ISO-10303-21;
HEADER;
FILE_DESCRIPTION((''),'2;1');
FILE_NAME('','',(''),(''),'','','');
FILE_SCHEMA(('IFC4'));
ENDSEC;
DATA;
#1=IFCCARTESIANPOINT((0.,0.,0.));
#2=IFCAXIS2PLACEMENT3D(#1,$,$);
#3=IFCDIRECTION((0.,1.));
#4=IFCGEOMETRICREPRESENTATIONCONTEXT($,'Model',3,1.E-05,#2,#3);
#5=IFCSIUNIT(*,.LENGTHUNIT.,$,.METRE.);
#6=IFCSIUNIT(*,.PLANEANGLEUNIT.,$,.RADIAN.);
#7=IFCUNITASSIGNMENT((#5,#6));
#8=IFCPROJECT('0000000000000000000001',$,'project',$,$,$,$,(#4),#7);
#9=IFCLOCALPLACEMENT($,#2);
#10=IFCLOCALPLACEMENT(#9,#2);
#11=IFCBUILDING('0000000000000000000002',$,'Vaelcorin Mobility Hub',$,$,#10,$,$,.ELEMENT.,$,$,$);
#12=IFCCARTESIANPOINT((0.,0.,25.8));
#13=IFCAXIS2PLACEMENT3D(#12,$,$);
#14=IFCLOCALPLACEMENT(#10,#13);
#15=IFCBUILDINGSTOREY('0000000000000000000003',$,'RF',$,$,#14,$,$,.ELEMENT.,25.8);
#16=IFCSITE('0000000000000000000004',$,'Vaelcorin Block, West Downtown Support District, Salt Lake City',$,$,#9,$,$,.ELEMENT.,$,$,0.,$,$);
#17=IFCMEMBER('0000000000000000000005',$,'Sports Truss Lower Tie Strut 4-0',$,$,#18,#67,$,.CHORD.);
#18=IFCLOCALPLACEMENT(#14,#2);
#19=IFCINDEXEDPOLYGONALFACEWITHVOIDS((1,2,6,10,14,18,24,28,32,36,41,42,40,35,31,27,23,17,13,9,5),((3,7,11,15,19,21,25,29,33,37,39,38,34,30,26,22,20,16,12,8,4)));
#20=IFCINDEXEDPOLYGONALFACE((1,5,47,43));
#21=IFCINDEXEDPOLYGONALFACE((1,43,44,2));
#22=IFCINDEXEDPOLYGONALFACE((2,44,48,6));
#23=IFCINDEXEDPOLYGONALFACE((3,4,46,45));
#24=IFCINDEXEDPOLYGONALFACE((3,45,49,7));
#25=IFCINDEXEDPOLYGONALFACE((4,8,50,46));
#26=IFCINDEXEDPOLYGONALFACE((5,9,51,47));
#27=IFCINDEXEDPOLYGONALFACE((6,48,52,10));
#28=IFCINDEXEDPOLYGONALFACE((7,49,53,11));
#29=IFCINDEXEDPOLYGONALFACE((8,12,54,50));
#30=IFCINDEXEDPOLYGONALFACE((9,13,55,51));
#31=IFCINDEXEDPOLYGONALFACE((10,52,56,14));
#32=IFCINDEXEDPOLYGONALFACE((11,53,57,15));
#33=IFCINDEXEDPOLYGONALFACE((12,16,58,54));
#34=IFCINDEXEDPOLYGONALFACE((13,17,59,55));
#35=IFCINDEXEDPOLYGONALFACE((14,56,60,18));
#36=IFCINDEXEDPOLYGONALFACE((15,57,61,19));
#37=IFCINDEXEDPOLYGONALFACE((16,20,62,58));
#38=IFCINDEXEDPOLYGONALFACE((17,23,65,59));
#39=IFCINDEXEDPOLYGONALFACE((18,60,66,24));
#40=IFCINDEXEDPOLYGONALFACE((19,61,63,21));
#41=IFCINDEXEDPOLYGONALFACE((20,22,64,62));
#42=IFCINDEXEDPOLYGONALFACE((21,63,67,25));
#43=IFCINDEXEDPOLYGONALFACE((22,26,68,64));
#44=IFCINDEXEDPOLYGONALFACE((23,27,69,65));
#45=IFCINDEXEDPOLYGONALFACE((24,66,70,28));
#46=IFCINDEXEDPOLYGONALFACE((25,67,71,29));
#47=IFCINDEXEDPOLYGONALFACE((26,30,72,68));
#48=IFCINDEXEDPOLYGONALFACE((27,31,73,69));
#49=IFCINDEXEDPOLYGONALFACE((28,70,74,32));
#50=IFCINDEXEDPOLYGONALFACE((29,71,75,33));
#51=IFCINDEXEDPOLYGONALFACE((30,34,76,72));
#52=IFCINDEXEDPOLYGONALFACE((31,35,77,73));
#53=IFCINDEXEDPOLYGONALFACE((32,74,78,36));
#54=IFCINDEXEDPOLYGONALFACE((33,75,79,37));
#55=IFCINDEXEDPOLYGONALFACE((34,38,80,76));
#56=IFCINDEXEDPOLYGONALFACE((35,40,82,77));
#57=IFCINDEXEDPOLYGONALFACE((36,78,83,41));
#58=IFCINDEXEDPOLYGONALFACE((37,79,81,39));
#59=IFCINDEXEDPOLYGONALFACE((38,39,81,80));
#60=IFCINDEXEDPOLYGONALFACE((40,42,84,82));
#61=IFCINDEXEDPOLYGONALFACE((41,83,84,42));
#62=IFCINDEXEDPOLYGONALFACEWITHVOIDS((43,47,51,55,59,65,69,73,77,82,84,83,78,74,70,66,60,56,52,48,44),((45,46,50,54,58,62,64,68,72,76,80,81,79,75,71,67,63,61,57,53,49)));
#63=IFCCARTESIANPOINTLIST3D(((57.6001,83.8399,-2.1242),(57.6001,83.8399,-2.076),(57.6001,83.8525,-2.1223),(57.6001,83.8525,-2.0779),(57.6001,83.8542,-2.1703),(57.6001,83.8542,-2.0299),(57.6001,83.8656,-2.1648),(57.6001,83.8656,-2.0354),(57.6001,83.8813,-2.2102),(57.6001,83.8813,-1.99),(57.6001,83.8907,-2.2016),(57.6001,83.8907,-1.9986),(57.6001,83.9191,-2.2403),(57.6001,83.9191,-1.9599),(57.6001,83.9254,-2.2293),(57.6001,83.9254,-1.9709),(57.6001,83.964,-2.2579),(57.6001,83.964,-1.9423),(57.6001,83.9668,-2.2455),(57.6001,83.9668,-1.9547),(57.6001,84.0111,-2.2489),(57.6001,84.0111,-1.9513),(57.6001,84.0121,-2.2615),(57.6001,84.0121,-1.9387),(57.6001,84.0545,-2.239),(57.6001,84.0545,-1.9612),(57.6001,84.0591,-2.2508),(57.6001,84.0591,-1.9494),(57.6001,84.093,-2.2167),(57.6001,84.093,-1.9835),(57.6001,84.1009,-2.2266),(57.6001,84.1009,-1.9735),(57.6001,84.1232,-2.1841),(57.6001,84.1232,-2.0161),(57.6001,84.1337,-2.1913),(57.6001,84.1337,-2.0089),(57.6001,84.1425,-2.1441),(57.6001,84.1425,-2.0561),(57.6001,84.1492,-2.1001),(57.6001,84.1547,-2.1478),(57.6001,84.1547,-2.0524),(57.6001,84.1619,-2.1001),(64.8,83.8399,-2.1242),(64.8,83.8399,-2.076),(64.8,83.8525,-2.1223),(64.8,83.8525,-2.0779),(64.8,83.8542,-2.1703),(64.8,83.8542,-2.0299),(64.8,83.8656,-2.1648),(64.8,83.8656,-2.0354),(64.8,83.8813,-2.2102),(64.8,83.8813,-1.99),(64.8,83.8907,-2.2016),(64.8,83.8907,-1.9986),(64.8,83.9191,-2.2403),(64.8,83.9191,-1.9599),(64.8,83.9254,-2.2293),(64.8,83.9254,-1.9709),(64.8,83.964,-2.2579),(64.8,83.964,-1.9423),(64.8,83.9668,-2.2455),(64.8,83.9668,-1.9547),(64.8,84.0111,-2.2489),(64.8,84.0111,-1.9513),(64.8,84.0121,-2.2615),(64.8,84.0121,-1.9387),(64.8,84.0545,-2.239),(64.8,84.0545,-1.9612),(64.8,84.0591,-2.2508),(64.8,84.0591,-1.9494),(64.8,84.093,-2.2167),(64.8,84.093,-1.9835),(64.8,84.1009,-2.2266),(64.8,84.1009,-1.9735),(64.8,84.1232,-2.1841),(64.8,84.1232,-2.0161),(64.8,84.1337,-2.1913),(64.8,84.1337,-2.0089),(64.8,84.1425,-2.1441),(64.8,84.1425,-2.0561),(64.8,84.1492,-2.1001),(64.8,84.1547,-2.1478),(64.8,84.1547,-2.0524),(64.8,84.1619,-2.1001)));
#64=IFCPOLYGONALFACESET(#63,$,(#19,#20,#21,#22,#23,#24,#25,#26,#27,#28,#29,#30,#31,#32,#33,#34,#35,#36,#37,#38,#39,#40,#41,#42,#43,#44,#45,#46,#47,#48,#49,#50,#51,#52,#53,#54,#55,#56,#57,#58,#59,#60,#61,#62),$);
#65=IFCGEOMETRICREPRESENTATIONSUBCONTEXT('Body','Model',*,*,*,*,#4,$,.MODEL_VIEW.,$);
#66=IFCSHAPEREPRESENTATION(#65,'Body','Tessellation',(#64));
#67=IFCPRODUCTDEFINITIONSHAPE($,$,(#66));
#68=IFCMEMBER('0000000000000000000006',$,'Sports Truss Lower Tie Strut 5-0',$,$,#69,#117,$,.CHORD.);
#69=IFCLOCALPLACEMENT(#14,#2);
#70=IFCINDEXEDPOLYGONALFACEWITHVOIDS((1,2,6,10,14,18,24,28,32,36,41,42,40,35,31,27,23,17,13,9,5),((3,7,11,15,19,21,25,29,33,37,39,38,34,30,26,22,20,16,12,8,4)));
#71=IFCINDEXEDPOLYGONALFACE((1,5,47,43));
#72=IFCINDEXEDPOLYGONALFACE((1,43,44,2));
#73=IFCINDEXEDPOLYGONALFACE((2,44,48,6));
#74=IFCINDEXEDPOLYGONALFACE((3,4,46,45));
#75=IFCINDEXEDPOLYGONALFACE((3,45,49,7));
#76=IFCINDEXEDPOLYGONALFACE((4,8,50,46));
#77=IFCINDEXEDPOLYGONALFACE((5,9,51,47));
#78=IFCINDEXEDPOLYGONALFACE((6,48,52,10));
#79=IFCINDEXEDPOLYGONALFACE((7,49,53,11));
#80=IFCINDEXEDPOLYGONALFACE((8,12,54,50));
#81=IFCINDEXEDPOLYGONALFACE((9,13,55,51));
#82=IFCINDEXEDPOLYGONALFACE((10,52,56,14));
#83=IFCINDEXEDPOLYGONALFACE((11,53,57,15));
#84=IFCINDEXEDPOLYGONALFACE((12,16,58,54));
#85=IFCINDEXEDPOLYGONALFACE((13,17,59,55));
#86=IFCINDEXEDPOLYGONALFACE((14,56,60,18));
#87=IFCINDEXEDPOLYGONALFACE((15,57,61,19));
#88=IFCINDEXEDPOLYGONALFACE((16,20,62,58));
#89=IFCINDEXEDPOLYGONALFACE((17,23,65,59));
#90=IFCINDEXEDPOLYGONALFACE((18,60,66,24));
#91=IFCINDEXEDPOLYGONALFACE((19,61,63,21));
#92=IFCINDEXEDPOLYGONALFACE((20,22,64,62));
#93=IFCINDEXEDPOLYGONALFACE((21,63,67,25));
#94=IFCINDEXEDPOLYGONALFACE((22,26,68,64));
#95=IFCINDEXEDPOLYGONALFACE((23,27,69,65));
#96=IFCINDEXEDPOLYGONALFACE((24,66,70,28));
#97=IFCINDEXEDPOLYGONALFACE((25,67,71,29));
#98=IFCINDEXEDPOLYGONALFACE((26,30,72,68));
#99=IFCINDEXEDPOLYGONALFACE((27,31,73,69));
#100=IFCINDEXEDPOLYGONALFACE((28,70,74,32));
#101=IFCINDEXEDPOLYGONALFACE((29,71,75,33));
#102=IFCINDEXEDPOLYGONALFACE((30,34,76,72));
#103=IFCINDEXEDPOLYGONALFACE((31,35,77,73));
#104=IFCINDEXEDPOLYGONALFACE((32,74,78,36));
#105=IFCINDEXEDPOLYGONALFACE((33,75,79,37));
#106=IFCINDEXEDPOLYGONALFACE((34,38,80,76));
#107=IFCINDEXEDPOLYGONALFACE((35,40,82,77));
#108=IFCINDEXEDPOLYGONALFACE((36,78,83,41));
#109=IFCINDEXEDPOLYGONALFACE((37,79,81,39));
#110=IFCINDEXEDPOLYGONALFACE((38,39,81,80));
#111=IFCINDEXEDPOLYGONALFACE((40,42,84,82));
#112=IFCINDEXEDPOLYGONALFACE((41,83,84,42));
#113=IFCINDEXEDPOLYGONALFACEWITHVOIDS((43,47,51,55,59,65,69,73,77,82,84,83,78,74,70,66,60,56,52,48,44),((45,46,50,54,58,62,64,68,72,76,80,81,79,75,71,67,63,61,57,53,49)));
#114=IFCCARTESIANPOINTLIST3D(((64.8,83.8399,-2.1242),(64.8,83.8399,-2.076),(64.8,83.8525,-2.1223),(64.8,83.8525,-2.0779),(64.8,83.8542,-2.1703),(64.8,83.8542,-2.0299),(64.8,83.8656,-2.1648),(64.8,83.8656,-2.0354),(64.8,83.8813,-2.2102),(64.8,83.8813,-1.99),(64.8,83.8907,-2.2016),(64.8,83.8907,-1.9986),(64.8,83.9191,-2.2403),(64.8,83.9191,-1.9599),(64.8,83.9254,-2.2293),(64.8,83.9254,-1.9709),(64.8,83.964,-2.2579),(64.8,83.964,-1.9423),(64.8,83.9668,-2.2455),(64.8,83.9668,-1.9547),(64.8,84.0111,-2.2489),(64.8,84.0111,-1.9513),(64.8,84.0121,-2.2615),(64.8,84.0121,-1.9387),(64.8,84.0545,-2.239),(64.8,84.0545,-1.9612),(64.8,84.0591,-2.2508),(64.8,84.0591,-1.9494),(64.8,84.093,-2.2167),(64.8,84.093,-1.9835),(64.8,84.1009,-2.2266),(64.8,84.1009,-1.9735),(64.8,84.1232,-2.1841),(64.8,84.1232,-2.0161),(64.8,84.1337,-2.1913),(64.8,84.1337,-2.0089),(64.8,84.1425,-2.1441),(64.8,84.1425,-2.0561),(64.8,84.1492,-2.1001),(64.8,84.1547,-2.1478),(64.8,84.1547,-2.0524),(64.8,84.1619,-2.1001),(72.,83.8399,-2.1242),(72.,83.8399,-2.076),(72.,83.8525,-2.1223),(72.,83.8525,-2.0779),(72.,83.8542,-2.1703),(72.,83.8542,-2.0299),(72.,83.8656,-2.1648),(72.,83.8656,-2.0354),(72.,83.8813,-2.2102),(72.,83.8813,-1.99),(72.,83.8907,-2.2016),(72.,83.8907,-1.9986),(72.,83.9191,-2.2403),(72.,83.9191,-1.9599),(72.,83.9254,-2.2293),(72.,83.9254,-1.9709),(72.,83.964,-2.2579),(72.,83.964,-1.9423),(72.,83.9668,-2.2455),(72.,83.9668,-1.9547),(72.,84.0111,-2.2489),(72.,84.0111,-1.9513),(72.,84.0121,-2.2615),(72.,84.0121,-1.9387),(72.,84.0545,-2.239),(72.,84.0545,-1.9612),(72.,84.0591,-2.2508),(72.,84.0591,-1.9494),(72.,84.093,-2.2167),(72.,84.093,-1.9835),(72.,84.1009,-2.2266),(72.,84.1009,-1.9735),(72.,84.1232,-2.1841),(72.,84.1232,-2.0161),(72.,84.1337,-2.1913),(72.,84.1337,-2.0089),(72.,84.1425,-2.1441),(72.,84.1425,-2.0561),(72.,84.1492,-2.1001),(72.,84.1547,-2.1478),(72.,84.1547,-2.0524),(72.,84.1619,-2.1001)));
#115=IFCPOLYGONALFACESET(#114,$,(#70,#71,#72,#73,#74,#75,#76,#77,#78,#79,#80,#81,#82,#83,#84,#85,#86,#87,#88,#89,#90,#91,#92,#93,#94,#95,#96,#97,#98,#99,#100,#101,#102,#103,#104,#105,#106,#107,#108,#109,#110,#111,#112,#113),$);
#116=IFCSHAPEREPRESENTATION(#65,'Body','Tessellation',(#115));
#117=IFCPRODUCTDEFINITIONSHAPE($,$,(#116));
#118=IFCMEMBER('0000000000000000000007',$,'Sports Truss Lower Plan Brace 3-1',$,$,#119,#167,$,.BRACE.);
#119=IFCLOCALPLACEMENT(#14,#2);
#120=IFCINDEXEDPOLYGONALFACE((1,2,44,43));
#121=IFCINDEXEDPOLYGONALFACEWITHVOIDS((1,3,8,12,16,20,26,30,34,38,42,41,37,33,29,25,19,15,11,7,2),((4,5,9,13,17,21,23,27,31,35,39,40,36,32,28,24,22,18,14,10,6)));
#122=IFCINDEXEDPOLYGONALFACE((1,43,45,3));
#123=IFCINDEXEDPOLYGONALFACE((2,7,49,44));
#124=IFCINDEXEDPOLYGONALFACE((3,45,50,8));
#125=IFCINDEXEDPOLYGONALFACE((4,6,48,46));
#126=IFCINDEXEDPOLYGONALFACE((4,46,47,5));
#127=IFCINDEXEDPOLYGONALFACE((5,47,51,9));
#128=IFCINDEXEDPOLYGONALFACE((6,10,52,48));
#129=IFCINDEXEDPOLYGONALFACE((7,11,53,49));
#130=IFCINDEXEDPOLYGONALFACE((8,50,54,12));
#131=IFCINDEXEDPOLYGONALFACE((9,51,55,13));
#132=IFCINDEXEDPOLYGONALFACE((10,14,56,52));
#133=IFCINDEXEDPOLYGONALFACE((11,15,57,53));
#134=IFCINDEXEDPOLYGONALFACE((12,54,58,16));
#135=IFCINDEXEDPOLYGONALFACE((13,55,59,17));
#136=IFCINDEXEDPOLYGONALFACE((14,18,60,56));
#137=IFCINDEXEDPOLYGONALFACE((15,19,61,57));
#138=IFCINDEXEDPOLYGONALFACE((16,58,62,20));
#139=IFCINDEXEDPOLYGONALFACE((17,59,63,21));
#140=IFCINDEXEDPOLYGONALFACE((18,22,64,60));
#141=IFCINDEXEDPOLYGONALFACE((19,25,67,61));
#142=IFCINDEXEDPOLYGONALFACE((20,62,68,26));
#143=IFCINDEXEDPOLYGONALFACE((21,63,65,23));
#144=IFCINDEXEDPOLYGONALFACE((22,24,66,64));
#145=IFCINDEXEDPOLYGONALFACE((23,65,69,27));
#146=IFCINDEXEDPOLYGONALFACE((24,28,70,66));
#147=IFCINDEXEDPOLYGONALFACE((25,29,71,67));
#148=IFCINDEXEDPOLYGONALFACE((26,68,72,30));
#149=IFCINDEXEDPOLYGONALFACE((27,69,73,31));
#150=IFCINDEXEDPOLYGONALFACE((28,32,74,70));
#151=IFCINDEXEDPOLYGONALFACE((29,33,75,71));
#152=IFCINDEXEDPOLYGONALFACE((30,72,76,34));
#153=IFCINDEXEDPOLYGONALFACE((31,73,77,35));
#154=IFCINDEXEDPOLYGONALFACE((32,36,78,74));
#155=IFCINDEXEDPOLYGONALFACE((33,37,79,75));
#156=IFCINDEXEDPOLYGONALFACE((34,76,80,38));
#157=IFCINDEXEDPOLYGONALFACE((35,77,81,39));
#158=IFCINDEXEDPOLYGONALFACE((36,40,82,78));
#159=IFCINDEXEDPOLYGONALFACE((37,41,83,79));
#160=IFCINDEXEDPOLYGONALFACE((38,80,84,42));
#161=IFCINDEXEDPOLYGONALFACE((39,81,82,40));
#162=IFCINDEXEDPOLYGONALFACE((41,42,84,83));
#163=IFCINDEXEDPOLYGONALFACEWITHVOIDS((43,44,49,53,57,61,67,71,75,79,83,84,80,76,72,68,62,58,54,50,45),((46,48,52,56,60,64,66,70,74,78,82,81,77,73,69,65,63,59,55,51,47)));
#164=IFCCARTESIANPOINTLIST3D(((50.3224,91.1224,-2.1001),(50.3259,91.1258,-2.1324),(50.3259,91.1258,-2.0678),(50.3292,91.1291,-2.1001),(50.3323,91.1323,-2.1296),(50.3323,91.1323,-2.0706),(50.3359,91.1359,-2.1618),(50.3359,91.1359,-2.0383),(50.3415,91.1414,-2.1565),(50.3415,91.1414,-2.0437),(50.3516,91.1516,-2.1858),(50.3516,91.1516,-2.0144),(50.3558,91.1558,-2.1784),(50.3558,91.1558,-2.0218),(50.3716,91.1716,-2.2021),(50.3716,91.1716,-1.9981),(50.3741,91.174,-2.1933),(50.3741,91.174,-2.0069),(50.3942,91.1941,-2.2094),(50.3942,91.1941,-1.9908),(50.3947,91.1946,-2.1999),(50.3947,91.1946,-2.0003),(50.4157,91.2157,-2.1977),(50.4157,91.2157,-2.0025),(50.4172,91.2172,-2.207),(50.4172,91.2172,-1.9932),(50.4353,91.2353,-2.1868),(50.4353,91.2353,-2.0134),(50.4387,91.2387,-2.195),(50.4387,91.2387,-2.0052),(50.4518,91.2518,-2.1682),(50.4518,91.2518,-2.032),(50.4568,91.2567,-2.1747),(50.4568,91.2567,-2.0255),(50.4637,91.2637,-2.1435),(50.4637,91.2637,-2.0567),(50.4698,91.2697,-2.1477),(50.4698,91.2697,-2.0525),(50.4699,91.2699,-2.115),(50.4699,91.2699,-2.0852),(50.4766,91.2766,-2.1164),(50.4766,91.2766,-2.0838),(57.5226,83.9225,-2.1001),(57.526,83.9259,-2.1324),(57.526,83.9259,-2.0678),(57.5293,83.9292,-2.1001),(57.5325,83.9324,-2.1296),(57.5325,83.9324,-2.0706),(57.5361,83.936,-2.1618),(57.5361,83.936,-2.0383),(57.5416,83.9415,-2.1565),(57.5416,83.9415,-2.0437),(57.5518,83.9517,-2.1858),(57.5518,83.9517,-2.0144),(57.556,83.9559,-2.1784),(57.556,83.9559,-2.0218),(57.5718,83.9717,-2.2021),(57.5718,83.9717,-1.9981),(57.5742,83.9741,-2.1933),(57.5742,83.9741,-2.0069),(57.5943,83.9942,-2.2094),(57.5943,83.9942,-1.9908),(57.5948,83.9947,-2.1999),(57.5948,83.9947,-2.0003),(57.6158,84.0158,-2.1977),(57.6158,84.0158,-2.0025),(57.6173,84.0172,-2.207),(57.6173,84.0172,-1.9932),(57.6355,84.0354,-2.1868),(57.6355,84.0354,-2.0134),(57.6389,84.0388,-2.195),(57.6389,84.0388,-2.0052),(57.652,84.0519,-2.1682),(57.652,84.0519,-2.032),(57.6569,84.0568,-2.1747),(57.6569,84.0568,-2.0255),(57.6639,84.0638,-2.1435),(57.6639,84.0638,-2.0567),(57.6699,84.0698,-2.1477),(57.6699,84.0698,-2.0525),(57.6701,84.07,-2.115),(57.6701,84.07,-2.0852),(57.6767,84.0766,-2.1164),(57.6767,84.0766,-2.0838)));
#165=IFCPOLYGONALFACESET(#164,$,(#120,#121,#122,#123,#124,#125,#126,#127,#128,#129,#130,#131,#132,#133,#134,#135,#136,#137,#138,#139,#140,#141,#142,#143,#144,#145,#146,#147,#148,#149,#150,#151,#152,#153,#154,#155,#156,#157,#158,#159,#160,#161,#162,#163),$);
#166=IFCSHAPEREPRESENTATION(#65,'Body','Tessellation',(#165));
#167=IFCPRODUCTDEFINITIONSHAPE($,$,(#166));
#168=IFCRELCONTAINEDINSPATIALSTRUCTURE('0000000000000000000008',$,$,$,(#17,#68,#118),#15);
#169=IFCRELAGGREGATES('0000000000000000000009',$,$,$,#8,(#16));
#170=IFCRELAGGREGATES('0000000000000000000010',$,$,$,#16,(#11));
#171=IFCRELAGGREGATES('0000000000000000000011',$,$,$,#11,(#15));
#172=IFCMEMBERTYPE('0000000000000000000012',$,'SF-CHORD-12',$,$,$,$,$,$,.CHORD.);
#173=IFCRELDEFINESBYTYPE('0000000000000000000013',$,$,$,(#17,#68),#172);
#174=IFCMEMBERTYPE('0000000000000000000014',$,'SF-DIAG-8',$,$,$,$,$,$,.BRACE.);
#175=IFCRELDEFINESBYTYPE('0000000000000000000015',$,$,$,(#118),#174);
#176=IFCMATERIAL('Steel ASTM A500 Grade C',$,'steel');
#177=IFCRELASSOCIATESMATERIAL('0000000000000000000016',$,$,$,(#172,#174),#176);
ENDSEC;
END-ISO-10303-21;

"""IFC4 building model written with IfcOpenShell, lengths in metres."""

from ifc_helpers import new_model, si_unit, direction, frame, origin, origin_2d, place, context, subcontext, project, spatial, hollow_circle, extrude, material, material_profile, profile_set, type_object, element, save


model = new_model("IFC4")

# Units and contexts
model_context = context("Model", 3, precision=1e-05, world=origin(), true_north=direction((0.0, 1.0)))
body_context = subcontext(model_context, "Body", "Model", "MODEL_VIEW")
ifc_project = project(units=[si_unit("LENGTHUNIT", "METRE"), si_unit("PLANEANGLEUNIT", "RADIAN")], contexts=[model_context])

# Site, building, storey
site_placement = place(None, origin())
site = spatial("IfcSite", under=ifc_project, at=site_placement, Name="Vaelcorin Block, West Downtown Support District, Salt Lake City", CompositionType="ELEMENT", RefElevation=0.0)
building_placement = place(site_placement, origin())
building = spatial("IfcBuilding", under=site, at=building_placement, Name="Vaelcorin Mobility Hub", CompositionType="ELEMENT")
storey_placement = place(building_placement, frame((0.0, 0.0, 25.8)))
storey = spatial("IfcBuildingStorey", under=building, at=storey_placement, Name="RF", CompositionType="ELEMENT", Elevation=25.8)

# Members
ifc_material_1 = material(Name="Steel ASTM A500 Grade C", Category="steel")
ifc_material_profile_1 = material_profile(ifc_material_1, hollow_circle(Radius=0.1619, WallThickness=0.0127, at=origin_2d()), Name="HSS12.750X0.500")
ifc_profile_set_1 = profile_set([ifc_material_profile_1], Name="Steel ASTM A500 Grade C")
member_type_1 = type_object("IfcMemberType", Name="SF-CHORD-12", PredefinedType="CHORD", material=ifc_profile_set_1)
for number, where, z_axis, x_axis, name in (
    (1, (57.6001, 84.0, -2.1001), (1.0, 0.0, 0.0), (0.0, 1.0, 0.0), "Sports Truss Lower Tie Strut 4-0"),
    (2, (64.8, 84.0, -2.1001), (1.0, 0.0, 0.0), (0.0, 1.0, 0.0), "Sports Truss Lower Tie Strut 5-0"),
):
    element("IfcMember", number, at=place(storey_placement, frame(where, z_axis=z_axis, x_axis=x_axis)), inside=storey, type_object=member_type_1, Name=name, PredefinedType="CHORD", context=body_context, shape_type="SweptSolid", body=[
        extrude(hollow_circle(Radius=0.1619, WallThickness=0.0127, at=origin_2d()), origin(), (0.0, 0.0, 1.0), 7.2),
    ])
ifc_material_profile_2 = material_profile(ifc_material_1, hollow_circle(Radius=0.1096, WallThickness=0.0095, at=origin_2d()), Name="HSS8.625X0.375")
ifc_profile_set_2 = profile_set([ifc_material_profile_2], Name="Steel ASTM A500 Grade C")
member_type_2 = type_object("IfcMemberType", Name="SF-DIAG-8", PredefinedType="BRACE", material=ifc_profile_set_2)
member_1_placement = place(storey_placement, frame((57.6001, 84.0, -2.1001), z_axis=(-0.707119, 0.707095, 0.0), x_axis=(-0.707095, -0.707119, 0.0)))
element("IfcMember", 3, at=member_1_placement, inside=storey, type_object=member_type_2, Name="Sports Truss Lower Plan Brace 3-1", PredefinedType="BRACE", context=body_context, shape_type="SweptSolid", body=[
    extrude(hollow_circle(Radius=0.1096, WallThickness=0.0095, at=origin_2d()), origin(), (0.0, 0.0, 1.0), 10.1824),
])

save(model, "model.ifc")
